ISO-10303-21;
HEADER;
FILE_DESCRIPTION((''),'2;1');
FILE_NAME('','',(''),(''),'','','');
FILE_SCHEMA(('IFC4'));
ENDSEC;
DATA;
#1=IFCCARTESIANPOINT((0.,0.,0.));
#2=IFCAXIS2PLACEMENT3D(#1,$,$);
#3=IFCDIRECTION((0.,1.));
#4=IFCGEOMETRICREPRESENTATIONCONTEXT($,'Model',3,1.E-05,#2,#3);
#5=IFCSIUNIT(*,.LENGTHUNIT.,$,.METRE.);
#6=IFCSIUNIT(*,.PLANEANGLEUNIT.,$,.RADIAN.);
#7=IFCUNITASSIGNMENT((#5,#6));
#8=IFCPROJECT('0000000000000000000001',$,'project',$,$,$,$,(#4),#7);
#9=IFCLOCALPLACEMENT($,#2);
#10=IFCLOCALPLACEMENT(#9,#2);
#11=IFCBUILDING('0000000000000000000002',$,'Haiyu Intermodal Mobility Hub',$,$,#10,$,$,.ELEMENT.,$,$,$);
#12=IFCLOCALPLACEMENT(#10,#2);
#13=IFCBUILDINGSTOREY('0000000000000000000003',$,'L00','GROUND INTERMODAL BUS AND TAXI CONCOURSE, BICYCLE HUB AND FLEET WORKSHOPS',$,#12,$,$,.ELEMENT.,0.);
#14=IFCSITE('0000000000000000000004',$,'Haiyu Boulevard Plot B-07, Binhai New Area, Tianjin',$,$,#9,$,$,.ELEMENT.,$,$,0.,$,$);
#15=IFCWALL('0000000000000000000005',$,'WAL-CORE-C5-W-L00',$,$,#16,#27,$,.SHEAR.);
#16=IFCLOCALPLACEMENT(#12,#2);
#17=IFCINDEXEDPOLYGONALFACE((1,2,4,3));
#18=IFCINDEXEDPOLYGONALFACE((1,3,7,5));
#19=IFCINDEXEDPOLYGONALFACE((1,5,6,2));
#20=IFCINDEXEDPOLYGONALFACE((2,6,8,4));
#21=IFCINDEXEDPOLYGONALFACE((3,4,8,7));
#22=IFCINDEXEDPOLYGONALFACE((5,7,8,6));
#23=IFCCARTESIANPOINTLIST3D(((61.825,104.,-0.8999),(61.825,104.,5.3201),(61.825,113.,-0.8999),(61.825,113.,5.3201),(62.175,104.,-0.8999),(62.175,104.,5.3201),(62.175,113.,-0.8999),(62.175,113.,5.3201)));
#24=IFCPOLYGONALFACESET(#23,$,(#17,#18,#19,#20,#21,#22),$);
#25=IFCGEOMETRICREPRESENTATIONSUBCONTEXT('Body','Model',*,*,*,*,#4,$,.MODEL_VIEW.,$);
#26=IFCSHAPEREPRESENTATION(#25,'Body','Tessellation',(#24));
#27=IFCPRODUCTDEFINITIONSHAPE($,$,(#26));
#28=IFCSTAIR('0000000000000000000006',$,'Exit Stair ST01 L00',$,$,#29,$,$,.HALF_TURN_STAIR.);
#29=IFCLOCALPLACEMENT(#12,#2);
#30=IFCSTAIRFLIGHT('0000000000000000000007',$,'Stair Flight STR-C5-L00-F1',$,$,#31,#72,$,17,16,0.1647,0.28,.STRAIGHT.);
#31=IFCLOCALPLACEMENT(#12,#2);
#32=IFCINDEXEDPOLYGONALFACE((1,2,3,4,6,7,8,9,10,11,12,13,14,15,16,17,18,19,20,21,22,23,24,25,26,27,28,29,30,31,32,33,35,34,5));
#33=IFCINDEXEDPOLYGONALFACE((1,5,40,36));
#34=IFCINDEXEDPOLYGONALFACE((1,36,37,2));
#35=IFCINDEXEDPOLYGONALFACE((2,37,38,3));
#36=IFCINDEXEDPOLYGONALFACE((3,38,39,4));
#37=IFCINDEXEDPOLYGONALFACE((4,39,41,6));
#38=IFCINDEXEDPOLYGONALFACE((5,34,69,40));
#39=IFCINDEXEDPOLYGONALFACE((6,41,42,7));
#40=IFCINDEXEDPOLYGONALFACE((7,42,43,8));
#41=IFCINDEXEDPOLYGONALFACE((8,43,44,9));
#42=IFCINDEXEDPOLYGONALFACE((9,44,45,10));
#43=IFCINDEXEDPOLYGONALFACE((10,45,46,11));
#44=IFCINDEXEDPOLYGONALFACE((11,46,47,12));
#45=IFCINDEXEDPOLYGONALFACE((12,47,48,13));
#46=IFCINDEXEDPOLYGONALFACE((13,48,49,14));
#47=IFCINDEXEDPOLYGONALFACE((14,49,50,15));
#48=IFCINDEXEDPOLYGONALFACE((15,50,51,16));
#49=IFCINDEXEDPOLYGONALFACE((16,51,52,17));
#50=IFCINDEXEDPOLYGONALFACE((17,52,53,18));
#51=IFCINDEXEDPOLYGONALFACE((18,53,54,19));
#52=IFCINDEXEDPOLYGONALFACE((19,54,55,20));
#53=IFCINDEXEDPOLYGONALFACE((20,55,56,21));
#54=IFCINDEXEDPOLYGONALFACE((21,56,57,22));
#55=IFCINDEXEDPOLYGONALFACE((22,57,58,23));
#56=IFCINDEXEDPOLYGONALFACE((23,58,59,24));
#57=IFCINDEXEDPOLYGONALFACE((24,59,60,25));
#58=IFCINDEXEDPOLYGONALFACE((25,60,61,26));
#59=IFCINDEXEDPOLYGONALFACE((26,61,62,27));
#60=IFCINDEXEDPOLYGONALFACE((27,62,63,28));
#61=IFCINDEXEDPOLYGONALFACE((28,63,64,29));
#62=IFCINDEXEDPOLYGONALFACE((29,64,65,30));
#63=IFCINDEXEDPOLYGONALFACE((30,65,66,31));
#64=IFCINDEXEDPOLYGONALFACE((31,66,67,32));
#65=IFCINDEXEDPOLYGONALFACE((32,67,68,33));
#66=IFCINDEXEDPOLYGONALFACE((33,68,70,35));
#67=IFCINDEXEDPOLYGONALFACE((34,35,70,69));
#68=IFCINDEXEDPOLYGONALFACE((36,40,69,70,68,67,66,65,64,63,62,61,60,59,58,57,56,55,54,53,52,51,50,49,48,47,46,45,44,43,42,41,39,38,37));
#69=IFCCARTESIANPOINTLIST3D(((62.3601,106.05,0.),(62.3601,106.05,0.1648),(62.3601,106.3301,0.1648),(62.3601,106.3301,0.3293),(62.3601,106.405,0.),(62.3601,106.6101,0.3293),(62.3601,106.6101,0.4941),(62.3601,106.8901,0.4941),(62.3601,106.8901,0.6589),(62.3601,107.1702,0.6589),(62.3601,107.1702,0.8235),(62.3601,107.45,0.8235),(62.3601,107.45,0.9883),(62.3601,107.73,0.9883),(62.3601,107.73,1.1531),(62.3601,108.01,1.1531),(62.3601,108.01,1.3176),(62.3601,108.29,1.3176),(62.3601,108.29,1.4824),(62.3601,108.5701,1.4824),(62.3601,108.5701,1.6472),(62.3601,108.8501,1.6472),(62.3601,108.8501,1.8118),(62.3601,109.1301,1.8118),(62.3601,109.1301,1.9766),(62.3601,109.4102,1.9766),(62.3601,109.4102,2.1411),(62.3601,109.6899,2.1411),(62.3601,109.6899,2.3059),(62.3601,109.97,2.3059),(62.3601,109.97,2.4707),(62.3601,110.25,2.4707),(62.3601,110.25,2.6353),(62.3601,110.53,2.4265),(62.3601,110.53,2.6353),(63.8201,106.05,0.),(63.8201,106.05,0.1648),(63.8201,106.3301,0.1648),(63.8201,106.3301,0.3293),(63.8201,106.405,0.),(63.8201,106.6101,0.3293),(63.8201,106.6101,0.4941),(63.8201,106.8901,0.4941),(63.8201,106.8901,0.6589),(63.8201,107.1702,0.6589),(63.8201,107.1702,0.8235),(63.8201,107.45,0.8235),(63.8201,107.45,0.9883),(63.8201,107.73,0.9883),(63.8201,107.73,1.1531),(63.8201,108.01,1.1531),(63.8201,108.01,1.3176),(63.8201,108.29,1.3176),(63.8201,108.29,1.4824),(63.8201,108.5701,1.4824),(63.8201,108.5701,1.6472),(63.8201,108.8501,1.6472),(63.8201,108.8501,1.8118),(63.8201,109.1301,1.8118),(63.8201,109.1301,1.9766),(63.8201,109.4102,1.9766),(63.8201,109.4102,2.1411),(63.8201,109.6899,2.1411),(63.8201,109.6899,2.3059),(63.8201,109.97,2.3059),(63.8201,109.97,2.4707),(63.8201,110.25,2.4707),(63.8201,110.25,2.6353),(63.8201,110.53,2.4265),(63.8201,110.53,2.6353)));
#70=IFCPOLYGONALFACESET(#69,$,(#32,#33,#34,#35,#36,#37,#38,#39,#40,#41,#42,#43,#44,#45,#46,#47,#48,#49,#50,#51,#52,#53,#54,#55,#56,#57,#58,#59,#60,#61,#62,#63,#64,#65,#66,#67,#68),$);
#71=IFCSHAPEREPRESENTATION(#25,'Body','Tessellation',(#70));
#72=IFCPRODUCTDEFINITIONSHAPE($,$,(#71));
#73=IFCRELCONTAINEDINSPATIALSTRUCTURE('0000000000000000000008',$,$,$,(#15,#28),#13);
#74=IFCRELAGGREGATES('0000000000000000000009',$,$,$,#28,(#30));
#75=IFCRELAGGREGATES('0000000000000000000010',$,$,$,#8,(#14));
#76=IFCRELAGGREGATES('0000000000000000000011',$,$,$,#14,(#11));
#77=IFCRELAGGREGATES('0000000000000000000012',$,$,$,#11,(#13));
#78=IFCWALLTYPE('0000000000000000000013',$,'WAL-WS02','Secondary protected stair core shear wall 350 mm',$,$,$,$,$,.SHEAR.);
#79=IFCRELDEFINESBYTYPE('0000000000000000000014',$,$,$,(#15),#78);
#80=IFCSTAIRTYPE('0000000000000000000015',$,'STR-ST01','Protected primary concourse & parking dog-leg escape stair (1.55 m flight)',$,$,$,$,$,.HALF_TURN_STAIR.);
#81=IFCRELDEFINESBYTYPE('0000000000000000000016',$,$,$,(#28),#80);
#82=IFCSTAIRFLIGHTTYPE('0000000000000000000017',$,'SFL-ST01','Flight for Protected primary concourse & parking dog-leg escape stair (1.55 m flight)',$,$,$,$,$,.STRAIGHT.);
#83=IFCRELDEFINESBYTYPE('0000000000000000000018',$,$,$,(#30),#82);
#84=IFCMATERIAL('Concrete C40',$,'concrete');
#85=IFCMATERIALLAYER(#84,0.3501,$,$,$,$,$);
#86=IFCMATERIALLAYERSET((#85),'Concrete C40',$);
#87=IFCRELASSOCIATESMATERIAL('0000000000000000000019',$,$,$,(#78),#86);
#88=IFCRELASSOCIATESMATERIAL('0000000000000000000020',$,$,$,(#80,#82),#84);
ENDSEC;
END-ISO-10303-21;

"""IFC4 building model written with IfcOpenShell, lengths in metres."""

from ifc_helpers import new_model, si_unit, direction, frame, frame_2d, origin, place, context, subcontext, project, spatial, polyline, rectangle, outline, extrude, material, layer, layer_set, type_object, element, aggregate, save


model = new_model("IFC4")

# Units and contexts
model_context = context("Model", 3, precision=1e-05, world=origin(), true_north=direction((0.0, 1.0)))
body_context = subcontext(model_context, "Body", "Model", "MODEL_VIEW")
ifc_project = project(units=[si_unit("LENGTHUNIT", "METRE"), si_unit("PLANEANGLEUNIT", "RADIAN")], contexts=[model_context])

# Site, building, storey
site_placement = place(None, origin())
site = spatial("IfcSite", under=ifc_project, at=site_placement, Name="Haiyu Boulevard Plot B-07, Binhai New Area, Tianjin", CompositionType="ELEMENT", RefElevation=0.0)
building_placement = place(site_placement, origin())
building = spatial("IfcBuilding", under=site, at=building_placement, Name="Haiyu Intermodal Mobility Hub", CompositionType="ELEMENT")
storey_placement = place(building_placement, origin())
storey = spatial("IfcBuildingStorey", under=building, at=storey_placement, Name="L00", Description="GROUND INTERMODAL BUS AND TAXI CONCOURSE, BICYCLE HUB AND FLEET WORKSHOPS", CompositionType="ELEMENT", Elevation=0.0)

# Shared definitions
ifc_material_1 = material(Name="Concrete C40", Category="concrete")

# Shared definitions
ifc_layer_1 = layer(ifc_material_1, 0.3501)
ifc_layer_set_1 = layer_set([ifc_layer_1], Name="Concrete C40")
wall_type = type_object("IfcWallType", Name="WAL-WS02", Description="Secondary protected stair core shear wall 350 mm", PredefinedType="SHEAR", material=ifc_layer_set_1)

# Wall
wall_1_placement = place(storey_placement, frame((62.0, 113.0, -0.8999), z_axis=(0.0, 0.0, 1.0), x_axis=(0.0, -1.0, 0.0)))
element("IfcWall", 1, at=wall_1_placement, inside=storey, type_object=wall_type, Name="WAL-CORE-C5-W-L00", PredefinedType="SHEAR", context=body_context, shape_type="SweptSolid", body=[
    extrude(rectangle(XDim=9.0, YDim=0.3501, at=frame_2d((4.5, 0.0))), origin(), (0.0, 0.0, 1.0), 6.22),
])

# Stair, stair flight
stair_type = type_object("IfcStairType", Name="STR-ST01", Description="Protected primary concourse & parking dog-leg escape stair (1.55 m flight)", PredefinedType="HALF_TURN_STAIR", material=ifc_material_1)
stair_placement = place(storey_placement, origin())
stair = element("IfcStair", 2, at=stair_placement, inside=storey, type_object=stair_type, Name="Exit Stair ST01 L00", PredefinedType="HALF_TURN_STAIR")
stair_flight_type = type_object("IfcStairFlightType", Name="SFL-ST01", Description="Flight for Protected primary concourse & parking dog-leg escape stair (1.55 m flight)", PredefinedType="STRAIGHT", material=ifc_material_1)
stair_flight_placement = place(storey_placement, frame((63.0901, 106.05, 0.0), z_axis=(0.0, 0.0, 1.0), x_axis=(0.0, 1.0, 0.0)))
stair_flight = element("IfcStairFlight", 3, at=stair_flight_placement, type_object=stair_flight_type, Name="Stair Flight STR-C5-L00-F1", NumberOfRisers=17, NumberOfTreads=16, PredefinedType="STRAIGHT", RiserHeight=0.1647, TreadLength=0.28, context=body_context, shape_type="SweptSolid", body=[
    extrude(outline(polyline([(0.0, 0.0), (0.0, 0.1648), (0.28, 0.1648), (0.28, 0.3293), (0.5601, 0.3293), (0.5601, 0.4941), (0.8401, 0.4941), (0.8401, 0.6589), (1.1201, 0.6589), (1.1201, 0.8235), (1.3999, 0.8235), (1.3999, 0.9883), (1.6799, 0.9883), (1.6799, 1.1531), (1.96, 1.1531), (1.96, 1.3176), (2.24, 1.3176), (2.24, 1.4824), (2.52, 1.4824), (2.52, 1.6472), (2.8, 1.6472), (2.8, 1.8118), (3.0801, 1.8118), (3.0801, 1.9766), (3.3601, 1.9766), (3.3601, 2.1411), (3.6399, 2.1411), (3.6399, 2.3059), (3.9199, 2.3059), (3.9199, 2.4707), (4.2, 2.4707), (4.2, 2.6353), (4.48, 2.6353), (4.48, 2.8), (4.48, 2.4265), (0.355, 0.0), (0.0, 0.0)])), frame((0.0, 0.73, 0.0), z_axis=(0.0, -1.0, 0.0), x_axis=(1.0, 0.0, 0.0)), (0.0, 0.0, 1.0), 1.46),
])
aggregate(stair, [stair_flight])

save(model, "model.ifc")
